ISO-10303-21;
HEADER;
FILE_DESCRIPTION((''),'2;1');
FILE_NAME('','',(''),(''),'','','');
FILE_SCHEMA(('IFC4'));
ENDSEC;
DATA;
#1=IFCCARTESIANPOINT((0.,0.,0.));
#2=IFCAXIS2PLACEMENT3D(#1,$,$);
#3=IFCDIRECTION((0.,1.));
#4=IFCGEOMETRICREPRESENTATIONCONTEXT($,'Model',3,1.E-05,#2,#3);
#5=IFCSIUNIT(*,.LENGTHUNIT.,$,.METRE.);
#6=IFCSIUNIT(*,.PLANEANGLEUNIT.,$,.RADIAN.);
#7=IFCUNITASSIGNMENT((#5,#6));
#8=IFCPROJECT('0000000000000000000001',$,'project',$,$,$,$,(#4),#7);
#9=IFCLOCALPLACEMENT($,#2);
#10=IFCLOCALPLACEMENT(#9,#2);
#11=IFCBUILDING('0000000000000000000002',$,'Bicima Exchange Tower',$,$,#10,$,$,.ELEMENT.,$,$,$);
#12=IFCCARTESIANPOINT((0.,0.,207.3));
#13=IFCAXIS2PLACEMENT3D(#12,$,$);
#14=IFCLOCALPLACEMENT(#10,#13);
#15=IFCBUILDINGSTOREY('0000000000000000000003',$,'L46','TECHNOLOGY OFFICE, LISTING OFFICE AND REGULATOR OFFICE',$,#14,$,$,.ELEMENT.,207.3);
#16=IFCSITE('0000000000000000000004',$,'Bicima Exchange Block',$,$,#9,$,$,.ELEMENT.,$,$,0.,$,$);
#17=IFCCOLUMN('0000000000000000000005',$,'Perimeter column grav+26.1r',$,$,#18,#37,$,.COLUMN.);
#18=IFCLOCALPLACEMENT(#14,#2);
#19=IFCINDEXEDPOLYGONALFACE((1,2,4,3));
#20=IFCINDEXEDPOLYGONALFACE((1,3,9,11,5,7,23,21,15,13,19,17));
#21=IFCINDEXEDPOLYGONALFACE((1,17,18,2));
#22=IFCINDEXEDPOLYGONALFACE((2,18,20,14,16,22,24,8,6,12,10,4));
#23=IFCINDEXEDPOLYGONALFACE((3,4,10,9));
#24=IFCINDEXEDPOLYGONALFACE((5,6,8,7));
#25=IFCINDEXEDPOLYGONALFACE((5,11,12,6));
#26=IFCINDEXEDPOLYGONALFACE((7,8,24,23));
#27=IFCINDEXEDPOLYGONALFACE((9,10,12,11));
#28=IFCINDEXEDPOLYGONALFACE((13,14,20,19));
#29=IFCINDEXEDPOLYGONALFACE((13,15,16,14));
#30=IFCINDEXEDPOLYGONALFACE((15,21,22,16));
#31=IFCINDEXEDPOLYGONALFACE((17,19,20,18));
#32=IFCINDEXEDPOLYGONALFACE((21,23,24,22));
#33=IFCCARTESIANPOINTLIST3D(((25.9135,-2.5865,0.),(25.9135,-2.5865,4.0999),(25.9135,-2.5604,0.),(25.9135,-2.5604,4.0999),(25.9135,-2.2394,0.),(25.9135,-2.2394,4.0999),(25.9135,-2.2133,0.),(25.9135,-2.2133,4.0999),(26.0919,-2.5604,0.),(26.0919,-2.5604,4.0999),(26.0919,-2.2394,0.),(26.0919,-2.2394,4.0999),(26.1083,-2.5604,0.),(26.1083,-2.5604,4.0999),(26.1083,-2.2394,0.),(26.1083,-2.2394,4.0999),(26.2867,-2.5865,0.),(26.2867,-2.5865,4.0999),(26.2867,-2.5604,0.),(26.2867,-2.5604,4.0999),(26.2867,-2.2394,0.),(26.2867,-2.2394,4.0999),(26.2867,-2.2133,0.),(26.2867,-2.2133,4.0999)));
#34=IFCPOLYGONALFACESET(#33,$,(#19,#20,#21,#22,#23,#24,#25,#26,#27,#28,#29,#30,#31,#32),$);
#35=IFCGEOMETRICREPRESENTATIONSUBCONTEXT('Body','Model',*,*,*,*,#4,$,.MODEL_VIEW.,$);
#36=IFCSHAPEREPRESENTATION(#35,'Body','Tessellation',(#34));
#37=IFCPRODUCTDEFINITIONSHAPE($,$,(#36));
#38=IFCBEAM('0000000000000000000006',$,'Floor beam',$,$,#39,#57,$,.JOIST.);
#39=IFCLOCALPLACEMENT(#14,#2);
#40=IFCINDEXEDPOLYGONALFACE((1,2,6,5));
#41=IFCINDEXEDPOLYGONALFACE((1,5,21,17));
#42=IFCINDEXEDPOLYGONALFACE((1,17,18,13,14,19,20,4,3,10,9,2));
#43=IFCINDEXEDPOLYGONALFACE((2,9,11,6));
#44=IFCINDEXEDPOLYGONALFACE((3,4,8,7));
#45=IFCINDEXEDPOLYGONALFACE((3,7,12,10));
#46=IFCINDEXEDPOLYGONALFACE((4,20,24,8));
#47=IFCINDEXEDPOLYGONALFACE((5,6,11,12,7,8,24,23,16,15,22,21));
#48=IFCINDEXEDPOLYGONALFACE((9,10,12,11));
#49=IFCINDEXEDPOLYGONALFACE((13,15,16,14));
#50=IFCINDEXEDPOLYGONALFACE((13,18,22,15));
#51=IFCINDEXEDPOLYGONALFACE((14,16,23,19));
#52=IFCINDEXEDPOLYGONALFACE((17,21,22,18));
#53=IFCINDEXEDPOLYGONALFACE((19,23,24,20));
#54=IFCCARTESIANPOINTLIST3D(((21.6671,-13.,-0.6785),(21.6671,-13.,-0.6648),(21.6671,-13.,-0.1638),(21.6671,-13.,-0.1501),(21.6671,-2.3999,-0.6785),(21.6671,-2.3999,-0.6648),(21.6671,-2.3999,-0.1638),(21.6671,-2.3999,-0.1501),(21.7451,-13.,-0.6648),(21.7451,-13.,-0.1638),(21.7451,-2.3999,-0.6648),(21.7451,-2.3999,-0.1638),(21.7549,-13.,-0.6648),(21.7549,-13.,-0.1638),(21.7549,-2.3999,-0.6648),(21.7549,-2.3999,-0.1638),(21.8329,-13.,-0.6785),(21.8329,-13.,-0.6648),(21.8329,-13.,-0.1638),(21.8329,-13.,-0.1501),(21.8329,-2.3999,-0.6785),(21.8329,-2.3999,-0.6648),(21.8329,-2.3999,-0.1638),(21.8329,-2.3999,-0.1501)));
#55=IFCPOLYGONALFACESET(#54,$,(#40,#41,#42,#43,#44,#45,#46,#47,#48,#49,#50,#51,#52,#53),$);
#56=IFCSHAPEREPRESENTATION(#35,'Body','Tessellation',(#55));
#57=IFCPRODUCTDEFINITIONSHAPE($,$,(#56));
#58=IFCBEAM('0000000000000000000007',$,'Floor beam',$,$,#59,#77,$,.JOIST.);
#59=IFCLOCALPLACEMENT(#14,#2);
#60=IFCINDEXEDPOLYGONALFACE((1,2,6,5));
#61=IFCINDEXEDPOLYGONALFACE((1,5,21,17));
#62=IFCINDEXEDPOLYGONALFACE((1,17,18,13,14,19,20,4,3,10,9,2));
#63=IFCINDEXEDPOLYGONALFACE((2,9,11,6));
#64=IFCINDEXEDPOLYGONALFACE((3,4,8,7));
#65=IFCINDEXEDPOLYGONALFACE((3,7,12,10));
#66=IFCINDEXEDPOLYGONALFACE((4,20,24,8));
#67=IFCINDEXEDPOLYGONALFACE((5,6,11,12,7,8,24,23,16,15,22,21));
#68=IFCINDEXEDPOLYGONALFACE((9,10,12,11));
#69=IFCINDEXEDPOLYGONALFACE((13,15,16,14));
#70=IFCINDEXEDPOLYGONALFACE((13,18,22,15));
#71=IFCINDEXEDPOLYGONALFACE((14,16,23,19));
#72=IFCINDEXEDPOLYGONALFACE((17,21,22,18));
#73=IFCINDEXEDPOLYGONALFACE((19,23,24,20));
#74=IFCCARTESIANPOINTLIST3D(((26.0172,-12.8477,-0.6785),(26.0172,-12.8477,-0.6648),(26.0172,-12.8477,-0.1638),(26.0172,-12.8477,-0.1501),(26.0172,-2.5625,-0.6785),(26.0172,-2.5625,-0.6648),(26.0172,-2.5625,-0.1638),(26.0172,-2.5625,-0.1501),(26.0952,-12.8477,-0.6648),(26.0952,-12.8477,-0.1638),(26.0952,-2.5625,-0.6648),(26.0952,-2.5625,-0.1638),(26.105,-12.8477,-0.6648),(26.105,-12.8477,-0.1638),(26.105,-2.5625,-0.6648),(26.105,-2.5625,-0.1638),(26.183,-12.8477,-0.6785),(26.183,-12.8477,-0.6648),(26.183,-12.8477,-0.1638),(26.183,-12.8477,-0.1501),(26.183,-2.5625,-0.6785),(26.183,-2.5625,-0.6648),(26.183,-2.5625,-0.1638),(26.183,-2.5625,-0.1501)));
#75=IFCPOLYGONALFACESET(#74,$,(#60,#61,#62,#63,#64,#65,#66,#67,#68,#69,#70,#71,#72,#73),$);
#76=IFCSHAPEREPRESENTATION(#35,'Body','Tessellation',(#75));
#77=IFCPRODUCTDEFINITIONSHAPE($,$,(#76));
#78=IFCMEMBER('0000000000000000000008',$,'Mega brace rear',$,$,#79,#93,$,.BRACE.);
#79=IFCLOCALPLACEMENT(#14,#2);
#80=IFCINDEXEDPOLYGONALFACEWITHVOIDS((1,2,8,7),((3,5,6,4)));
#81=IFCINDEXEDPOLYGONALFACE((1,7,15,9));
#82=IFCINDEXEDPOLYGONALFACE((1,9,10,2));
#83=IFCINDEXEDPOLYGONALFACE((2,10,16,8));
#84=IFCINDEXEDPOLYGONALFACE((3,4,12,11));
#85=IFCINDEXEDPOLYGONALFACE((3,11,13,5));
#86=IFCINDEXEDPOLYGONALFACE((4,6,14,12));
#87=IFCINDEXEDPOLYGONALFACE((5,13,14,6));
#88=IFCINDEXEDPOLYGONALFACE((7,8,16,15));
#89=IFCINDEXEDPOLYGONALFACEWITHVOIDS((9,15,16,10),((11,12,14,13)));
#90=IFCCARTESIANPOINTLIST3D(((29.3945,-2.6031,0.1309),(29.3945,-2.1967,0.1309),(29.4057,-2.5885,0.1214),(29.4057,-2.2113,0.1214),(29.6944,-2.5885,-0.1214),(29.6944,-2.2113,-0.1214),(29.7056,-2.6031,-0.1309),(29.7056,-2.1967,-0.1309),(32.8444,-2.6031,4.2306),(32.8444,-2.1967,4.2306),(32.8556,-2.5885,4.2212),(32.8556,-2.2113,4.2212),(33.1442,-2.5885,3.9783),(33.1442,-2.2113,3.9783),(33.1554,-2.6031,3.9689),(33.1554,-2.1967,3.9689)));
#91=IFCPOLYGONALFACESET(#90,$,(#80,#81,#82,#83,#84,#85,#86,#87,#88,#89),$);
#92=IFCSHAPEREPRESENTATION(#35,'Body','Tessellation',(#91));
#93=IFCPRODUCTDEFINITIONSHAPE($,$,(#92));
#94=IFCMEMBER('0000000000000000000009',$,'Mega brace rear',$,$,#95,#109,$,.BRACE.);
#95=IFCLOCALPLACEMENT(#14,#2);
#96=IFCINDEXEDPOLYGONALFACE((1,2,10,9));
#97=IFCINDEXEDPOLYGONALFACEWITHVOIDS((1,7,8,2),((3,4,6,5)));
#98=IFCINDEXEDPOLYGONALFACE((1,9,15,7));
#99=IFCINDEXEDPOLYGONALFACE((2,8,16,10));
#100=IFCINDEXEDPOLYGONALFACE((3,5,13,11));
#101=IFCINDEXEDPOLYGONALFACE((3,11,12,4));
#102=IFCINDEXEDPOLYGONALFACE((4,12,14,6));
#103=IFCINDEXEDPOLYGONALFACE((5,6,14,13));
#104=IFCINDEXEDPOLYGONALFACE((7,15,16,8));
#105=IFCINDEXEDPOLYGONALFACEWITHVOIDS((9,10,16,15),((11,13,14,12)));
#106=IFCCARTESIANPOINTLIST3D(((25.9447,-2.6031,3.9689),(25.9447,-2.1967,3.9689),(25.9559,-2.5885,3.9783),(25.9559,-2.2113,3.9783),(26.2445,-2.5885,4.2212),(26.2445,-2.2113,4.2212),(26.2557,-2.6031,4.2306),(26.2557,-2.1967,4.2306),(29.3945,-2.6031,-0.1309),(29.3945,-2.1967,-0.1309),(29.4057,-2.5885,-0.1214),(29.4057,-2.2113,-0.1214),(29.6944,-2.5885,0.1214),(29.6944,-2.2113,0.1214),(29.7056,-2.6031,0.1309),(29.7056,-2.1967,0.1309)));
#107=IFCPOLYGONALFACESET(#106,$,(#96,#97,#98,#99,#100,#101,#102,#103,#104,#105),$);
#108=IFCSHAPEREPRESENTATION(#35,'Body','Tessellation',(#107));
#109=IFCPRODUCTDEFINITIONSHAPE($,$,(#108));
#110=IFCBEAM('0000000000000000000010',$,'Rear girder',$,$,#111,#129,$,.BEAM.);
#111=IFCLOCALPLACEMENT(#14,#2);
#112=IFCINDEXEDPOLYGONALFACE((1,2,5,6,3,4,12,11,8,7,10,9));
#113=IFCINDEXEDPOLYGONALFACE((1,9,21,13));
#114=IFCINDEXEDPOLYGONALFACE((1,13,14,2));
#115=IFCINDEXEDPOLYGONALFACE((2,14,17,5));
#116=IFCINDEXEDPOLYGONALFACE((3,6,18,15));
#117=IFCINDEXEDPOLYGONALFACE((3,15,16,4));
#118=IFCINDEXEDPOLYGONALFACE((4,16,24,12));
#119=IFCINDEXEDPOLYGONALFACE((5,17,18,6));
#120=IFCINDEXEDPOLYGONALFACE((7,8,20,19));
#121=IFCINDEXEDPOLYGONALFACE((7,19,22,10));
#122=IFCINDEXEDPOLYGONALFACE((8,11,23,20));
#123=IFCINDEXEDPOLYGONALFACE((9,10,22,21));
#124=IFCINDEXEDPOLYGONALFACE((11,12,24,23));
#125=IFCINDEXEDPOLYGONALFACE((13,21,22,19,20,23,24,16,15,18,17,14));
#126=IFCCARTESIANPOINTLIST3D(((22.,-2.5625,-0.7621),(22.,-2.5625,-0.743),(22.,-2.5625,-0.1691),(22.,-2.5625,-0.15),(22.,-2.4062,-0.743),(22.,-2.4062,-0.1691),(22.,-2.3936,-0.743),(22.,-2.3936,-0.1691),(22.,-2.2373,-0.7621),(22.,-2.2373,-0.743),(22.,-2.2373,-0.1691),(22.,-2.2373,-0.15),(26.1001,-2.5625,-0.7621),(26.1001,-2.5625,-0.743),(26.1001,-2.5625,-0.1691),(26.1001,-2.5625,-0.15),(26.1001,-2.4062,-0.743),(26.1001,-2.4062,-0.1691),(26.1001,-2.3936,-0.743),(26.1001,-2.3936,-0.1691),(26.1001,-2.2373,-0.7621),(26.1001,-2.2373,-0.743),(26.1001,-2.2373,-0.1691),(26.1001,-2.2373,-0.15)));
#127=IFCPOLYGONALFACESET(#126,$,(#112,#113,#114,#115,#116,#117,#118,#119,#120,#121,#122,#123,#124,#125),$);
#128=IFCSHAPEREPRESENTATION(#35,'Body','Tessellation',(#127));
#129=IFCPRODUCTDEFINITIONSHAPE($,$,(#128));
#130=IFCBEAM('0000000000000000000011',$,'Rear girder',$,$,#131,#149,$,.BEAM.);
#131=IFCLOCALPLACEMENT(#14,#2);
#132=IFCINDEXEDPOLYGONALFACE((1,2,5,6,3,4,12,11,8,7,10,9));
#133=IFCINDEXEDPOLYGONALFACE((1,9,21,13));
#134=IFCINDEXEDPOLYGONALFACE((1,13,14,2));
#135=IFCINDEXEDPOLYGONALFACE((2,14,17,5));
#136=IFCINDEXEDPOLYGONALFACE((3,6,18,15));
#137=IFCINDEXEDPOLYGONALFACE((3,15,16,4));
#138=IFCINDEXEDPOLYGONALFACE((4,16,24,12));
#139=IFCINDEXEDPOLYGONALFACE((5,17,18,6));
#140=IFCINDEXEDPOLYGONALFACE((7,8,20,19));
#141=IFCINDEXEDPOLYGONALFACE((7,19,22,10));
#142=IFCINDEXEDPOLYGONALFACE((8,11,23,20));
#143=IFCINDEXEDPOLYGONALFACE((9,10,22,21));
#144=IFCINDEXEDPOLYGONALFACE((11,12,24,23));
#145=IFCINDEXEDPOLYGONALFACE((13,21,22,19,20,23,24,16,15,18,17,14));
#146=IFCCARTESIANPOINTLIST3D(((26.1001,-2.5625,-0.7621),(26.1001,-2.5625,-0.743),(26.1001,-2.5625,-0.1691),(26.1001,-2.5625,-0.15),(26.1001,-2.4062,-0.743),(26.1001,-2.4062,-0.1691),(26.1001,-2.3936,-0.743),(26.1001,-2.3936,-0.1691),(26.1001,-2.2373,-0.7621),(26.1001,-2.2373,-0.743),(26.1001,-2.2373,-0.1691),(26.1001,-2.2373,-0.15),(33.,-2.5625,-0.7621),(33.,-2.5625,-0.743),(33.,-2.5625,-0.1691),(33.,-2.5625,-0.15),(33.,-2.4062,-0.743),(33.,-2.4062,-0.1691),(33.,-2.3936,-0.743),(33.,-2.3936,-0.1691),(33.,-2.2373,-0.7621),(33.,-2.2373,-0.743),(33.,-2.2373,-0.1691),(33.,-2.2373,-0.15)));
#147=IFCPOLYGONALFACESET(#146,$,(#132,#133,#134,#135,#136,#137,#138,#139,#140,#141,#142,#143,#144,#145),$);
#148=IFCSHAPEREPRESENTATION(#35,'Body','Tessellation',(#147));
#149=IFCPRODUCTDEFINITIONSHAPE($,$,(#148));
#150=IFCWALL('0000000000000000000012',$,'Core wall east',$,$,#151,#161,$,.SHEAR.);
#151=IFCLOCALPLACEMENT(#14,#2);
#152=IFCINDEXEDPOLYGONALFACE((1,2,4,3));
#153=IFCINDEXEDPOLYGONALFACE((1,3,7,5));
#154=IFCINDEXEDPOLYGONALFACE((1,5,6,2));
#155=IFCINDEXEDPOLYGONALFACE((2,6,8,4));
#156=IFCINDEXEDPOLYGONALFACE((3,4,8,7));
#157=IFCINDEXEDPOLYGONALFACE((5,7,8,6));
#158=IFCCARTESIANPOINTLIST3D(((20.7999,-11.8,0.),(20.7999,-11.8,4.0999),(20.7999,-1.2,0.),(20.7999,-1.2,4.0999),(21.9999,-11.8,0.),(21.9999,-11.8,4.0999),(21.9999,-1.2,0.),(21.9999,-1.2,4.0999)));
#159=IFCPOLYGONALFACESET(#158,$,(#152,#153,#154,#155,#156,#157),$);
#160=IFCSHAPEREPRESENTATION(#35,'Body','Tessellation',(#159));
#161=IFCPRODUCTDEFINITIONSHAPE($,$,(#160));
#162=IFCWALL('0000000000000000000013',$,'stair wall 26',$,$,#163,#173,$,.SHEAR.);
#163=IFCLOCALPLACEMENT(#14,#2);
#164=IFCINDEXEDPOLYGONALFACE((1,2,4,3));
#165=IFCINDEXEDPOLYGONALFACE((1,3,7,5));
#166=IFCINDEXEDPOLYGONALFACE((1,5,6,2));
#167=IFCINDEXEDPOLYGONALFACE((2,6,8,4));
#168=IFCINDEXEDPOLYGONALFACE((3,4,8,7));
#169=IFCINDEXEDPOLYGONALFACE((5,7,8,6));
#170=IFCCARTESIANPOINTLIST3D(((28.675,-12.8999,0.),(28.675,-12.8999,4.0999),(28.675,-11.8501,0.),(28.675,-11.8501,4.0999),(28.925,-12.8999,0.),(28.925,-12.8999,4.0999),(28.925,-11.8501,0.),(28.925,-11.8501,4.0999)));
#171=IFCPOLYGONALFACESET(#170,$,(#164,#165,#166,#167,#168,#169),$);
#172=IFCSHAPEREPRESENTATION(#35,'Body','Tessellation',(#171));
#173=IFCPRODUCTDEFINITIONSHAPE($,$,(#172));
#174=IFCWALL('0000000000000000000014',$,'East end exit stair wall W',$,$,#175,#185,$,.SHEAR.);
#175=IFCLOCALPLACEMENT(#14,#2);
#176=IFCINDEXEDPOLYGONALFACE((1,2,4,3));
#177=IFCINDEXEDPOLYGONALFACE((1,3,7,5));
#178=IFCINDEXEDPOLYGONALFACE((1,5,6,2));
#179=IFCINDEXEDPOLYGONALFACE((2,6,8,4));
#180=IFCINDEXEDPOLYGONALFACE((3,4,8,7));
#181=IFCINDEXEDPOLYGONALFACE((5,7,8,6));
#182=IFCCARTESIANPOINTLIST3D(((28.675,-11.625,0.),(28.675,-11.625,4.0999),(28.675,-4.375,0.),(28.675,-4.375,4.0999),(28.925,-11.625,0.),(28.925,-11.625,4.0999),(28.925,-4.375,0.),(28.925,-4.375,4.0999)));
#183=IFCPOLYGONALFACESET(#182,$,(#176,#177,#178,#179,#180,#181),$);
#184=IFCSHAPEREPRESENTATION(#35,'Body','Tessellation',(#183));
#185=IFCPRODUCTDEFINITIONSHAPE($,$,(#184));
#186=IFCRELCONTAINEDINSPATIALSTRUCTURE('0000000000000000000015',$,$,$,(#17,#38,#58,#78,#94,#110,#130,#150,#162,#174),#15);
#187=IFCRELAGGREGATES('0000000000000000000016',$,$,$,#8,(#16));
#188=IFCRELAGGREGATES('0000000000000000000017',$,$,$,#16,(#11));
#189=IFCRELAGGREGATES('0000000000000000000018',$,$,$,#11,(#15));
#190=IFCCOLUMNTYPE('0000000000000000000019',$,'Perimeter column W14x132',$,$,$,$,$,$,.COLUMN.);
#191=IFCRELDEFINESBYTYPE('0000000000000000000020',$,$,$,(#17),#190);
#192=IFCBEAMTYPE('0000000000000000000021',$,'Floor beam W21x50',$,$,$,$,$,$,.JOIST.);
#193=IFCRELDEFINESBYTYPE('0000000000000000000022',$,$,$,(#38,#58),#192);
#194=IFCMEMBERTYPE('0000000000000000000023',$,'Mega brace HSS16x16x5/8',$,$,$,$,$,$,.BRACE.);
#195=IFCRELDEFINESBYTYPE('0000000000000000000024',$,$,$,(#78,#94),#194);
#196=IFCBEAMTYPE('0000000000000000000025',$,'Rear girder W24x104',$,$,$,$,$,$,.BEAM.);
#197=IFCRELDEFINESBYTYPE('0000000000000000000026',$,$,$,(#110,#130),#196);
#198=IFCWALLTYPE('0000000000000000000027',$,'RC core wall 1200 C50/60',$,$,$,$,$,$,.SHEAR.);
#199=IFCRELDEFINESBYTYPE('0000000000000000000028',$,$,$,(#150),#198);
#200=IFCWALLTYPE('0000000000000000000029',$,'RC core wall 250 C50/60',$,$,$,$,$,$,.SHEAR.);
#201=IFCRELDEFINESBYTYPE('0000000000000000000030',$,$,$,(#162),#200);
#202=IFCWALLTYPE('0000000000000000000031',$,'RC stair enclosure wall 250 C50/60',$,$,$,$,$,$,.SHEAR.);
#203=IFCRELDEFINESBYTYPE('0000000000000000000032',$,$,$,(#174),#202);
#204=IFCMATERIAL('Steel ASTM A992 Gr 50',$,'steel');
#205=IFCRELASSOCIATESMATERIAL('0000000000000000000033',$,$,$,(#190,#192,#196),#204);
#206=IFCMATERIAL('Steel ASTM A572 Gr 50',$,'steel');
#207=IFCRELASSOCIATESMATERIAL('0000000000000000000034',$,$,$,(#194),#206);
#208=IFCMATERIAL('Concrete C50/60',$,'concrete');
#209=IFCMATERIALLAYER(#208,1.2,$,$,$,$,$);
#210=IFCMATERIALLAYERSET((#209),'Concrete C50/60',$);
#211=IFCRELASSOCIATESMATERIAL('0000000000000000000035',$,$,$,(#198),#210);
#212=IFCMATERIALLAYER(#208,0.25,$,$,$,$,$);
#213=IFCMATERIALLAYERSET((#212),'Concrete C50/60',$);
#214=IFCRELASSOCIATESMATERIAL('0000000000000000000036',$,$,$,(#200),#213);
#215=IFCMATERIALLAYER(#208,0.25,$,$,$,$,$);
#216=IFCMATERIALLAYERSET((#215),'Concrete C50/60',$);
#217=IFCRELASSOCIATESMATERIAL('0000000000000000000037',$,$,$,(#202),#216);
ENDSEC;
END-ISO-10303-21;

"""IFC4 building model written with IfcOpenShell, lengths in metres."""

from ifc_helpers import new_model, si_unit, direction, frame, frame_2d, origin, origin_2d, place, context, subcontext, project, spatial, rectangle, hollow_rectangle, i_section, extrude, material, layer, layer_set, material_profile, profile_set, type_object, element, save


model = new_model("IFC4")

# Units and contexts
model_context = context("Model", 3, precision=1e-05, world=origin(), true_north=direction((0.0, 1.0)))
body_context = subcontext(model_context, "Body", "Model", "MODEL_VIEW")
ifc_project = project(units=[si_unit("LENGTHUNIT", "METRE"), si_unit("PLANEANGLEUNIT", "RADIAN")], contexts=[model_context])

# Site, building, storey
site_placement = place(None, origin())
site = spatial("IfcSite", under=ifc_project, at=site_placement, Name="Bicima Exchange Block", CompositionType="ELEMENT", RefElevation=0.0)
building_placement = place(site_placement, origin())
building = spatial("IfcBuilding", under=site, at=building_placement, Name="Bicima Exchange Tower", CompositionType="ELEMENT")
storey_placement = place(building_placement, frame((0.0, 0.0, 207.3)))
storey = spatial("IfcBuildingStorey", under=building, at=storey_placement, Name="L46", Description="TECHNOLOGY OFFICE, LISTING OFFICE AND REGULATOR OFFICE", CompositionType="ELEMENT", Elevation=207.3)

# Column
ifc_material_1 = material(Name="Steel ASTM A992 Gr 50", Category="steel")
ifc_material_profile_1 = material_profile(ifc_material_1, i_section(OverallWidth=0.3733, OverallDepth=0.3733, WebThickness=0.0164, FlangeThickness=0.0261, at=origin_2d()))
ifc_profile_set_1 = profile_set([ifc_material_profile_1], Name="Steel ASTM A992 Gr 50")
column_type = type_object("IfcColumnType", Name="Perimeter column W14x132", PredefinedType="COLUMN", material=ifc_profile_set_1)
column_placement = place(storey_placement, frame((26.1001, -2.3999, 0.0), z_axis=(0.0, 0.0, 1.0), x_axis=(1.0, 0.0, 0.0)))
element("IfcColumn", 1, at=column_placement, inside=storey, type_object=column_type, Name="Perimeter column grav+26.1r", PredefinedType="COLUMN", context=body_context, shape_type="SweptSolid", body=[
    extrude(i_section(OverallWidth=0.3733, OverallDepth=0.3733, WebThickness=0.0164, FlangeThickness=0.0261, at=origin_2d()), origin(), (0.0, 0.0, 1.0), 4.0999),
])

# Beams
ifc_material_profile_2 = material_profile(ifc_material_1, i_section(OverallWidth=0.1658, OverallDepth=0.5283, WebThickness=0.0098, FlangeThickness=0.0137, at=origin_2d()))
ifc_profile_set_2 = profile_set([ifc_material_profile_2], Name="Steel ASTM A992 Gr 50")
beam_type_1 = type_object("IfcBeamType", Name="Floor beam W21x50", PredefinedType="JOIST", material=ifc_profile_set_2)
beam_1_placement = place(storey_placement, frame((21.75, -2.3999, -0.4143), z_axis=(0.0, -1.0, 0.0), x_axis=(1.0, 0.0, 0.0)))
element("IfcBeam", 2, at=beam_1_placement, inside=storey, type_object=beam_type_1, Name="Floor beam", PredefinedType="JOIST", context=body_context, shape_type="SweptSolid", body=[
    extrude(i_section(OverallWidth=0.1658, OverallDepth=0.5283, WebThickness=0.0098, FlangeThickness=0.0137, at=origin_2d()), origin(), (0.0, 0.0, 1.0), 10.6001),
])
beam_2_placement = place(storey_placement, frame((26.1001, -2.5625, -0.4143), z_axis=(0.0, -1.0, 0.0), x_axis=(1.0, 0.0, 0.0)))
element("IfcBeam", 3, at=beam_2_placement, inside=storey, type_object=beam_type_1, Name="Floor beam", PredefinedType="JOIST", context=body_context, shape_type="SweptSolid", body=[
    extrude(i_section(OverallWidth=0.1658, OverallDepth=0.5283, WebThickness=0.0098, FlangeThickness=0.0137, at=origin_2d()), origin(), (0.0, 0.0, 1.0), 10.2852),
])

# Members
ifc_material_2 = material(Name="Steel ASTM A572 Gr 50", Category="steel")
ifc_material_profile_3 = material_profile(ifc_material_2, hollow_rectangle(XDim=0.4065, YDim=0.4065, WallThickness=0.0146, at=origin_2d()))
ifc_profile_set_3 = profile_set([ifc_material_profile_3], Name="Steel ASTM A572 Gr 50")
member_type = type_object("IfcMemberType", Name="Mega brace HSS16x16x5/8", PredefinedType="BRACE", material=ifc_profile_set_3)
for number, where, z_axis, x_axis, name in (
    (4, (29.55, -2.3999, 0.0), (0.643856, 0.0, 0.765146), (0.0, 1.0, 0.0), "Mega brace rear"),
    (5, (29.55, -2.3999, 0.0), (-0.643856, 0.0, 0.765146), (0.0, -1.0, 0.0), "Mega brace rear"),
):
    element("IfcMember", number, at=place(storey_placement, frame(where, z_axis=z_axis, x_axis=x_axis)), inside=storey, type_object=member_type, Name=name, PredefinedType="BRACE", context=body_context, shape_type="SweptSolid", body=[
        extrude(hollow_rectangle(XDim=0.4065, YDim=0.4065, WallThickness=0.0146, at=origin_2d()), origin(), (0.0, 0.0, 1.0), 5.3582),
    ])

# Beams
ifc_material_profile_4 = material_profile(ifc_material_1, i_section(OverallWidth=0.3252, OverallDepth=0.6121, WebThickness=0.0127, FlangeThickness=0.019, at=origin_2d()))
ifc_profile_set_4 = profile_set([ifc_material_profile_4], Name="Steel ASTM A992 Gr 50")
beam_type_2 = type_object("IfcBeamType", Name="Rear girder W24x104", PredefinedType="BEAM", material=ifc_profile_set_4)
beam_3_placement = place(storey_placement, frame((22.0, -2.3999, -0.4561), z_axis=(1.0, 0.0, 0.0), x_axis=(0.0, 1.0, 0.0)))
element("IfcBeam", 6, at=beam_3_placement, inside=storey, type_object=beam_type_2, Name="Rear girder", PredefinedType="BEAM", context=body_context, shape_type="SweptSolid", body=[
    extrude(i_section(OverallWidth=0.3252, OverallDepth=0.6121, WebThickness=0.0127, FlangeThickness=0.019, at=origin_2d()), origin(), (0.0, 0.0, 1.0), 4.1001),
])
beam_4_placement = place(storey_placement, frame((26.1001, -2.3999, -0.4561), z_axis=(1.0, 0.0, 0.0), x_axis=(0.0, 1.0, 0.0)))
element("IfcBeam", 7, at=beam_4_placement, inside=storey, type_object=beam_type_2, Name="Rear girder", PredefinedType="BEAM", context=body_context, shape_type="SweptSolid", body=[
    extrude(i_section(OverallWidth=0.3252, OverallDepth=0.6121, WebThickness=0.0127, FlangeThickness=0.019, at=origin_2d()), origin(), (0.0, 0.0, 1.0), 6.8999),
])

# Walls
ifc_material_3 = material(Name="Concrete C50/60", Category="concrete")
ifc_layer_1 = layer(ifc_material_3, 1.2)
ifc_layer_set_1 = layer_set([ifc_layer_1], Name="Concrete C50/60")
wall_type_1 = type_object("IfcWallType", Name="RC core wall 1200 C50/60", PredefinedType="SHEAR", material=ifc_layer_set_1)
wall_1_placement = place(storey_placement, frame((21.3999, -11.8, 0.0), z_axis=(0.0, 0.0, 1.0), x_axis=(0.0, 1.0, 0.0)))
element("IfcWall", 8, at=wall_1_placement, inside=storey, type_object=wall_type_1, Name="Core wall east", PredefinedType="SHEAR", context=body_context, shape_type="SweptSolid", body=[
    extrude(rectangle(XDim=10.6001, YDim=1.2, at=frame_2d((5.3, 0.0))), origin(), (0.0, 0.0, 1.0), 4.0999),
])
ifc_layer_2 = layer(ifc_material_3, 0.25)
ifc_layer_set_2 = layer_set([ifc_layer_2], Name="Concrete C50/60")
wall_type_2 = type_object("IfcWallType", Name="RC core wall 250 C50/60", PredefinedType="SHEAR", material=ifc_layer_set_2)
wall_2_placement = place(storey_placement, frame((28.8, -12.8999, 0.0), z_axis=(0.0, 0.0, 1.0), x_axis=(0.0, 1.0, 0.0)))
element("IfcWall", 9, at=wall_2_placement, inside=storey, type_object=wall_type_2, Name="stair wall 26", PredefinedType="SHEAR", context=body_context, shape_type="SweptSolid", body=[
    extrude(rectangle(XDim=1.0498, YDim=0.25, at=frame_2d((0.5249, 0.0))), origin(), (0.0, 0.0, 1.0), 4.0999),
])
ifc_layer_3 = layer(ifc_material_3, 0.25)
ifc_layer_set_3 = layer_set([ifc_layer_3], Name="Concrete C50/60")
wall_type_3 = type_object("IfcWallType", Name="RC stair enclosure wall 250 C50/60", PredefinedType="SHEAR", material=ifc_layer_set_3)
wall_3_placement = place(storey_placement, frame((28.8, -11.625, 0.0), z_axis=(0.0, 0.0, 1.0), x_axis=(0.0, 1.0, 0.0)))
element("IfcWall", 10, at=wall_3_placement, inside=storey, type_object=wall_type_3, Name="East end exit stair wall W", PredefinedType="SHEAR", context=body_context, shape_type="SweptSolid", body=[
    extrude(rectangle(XDim=7.25, YDim=0.25, at=frame_2d((3.625, 0.0))), origin(), (0.0, 0.0, 1.0), 4.0999),
])

save(model, "model.ifc")
